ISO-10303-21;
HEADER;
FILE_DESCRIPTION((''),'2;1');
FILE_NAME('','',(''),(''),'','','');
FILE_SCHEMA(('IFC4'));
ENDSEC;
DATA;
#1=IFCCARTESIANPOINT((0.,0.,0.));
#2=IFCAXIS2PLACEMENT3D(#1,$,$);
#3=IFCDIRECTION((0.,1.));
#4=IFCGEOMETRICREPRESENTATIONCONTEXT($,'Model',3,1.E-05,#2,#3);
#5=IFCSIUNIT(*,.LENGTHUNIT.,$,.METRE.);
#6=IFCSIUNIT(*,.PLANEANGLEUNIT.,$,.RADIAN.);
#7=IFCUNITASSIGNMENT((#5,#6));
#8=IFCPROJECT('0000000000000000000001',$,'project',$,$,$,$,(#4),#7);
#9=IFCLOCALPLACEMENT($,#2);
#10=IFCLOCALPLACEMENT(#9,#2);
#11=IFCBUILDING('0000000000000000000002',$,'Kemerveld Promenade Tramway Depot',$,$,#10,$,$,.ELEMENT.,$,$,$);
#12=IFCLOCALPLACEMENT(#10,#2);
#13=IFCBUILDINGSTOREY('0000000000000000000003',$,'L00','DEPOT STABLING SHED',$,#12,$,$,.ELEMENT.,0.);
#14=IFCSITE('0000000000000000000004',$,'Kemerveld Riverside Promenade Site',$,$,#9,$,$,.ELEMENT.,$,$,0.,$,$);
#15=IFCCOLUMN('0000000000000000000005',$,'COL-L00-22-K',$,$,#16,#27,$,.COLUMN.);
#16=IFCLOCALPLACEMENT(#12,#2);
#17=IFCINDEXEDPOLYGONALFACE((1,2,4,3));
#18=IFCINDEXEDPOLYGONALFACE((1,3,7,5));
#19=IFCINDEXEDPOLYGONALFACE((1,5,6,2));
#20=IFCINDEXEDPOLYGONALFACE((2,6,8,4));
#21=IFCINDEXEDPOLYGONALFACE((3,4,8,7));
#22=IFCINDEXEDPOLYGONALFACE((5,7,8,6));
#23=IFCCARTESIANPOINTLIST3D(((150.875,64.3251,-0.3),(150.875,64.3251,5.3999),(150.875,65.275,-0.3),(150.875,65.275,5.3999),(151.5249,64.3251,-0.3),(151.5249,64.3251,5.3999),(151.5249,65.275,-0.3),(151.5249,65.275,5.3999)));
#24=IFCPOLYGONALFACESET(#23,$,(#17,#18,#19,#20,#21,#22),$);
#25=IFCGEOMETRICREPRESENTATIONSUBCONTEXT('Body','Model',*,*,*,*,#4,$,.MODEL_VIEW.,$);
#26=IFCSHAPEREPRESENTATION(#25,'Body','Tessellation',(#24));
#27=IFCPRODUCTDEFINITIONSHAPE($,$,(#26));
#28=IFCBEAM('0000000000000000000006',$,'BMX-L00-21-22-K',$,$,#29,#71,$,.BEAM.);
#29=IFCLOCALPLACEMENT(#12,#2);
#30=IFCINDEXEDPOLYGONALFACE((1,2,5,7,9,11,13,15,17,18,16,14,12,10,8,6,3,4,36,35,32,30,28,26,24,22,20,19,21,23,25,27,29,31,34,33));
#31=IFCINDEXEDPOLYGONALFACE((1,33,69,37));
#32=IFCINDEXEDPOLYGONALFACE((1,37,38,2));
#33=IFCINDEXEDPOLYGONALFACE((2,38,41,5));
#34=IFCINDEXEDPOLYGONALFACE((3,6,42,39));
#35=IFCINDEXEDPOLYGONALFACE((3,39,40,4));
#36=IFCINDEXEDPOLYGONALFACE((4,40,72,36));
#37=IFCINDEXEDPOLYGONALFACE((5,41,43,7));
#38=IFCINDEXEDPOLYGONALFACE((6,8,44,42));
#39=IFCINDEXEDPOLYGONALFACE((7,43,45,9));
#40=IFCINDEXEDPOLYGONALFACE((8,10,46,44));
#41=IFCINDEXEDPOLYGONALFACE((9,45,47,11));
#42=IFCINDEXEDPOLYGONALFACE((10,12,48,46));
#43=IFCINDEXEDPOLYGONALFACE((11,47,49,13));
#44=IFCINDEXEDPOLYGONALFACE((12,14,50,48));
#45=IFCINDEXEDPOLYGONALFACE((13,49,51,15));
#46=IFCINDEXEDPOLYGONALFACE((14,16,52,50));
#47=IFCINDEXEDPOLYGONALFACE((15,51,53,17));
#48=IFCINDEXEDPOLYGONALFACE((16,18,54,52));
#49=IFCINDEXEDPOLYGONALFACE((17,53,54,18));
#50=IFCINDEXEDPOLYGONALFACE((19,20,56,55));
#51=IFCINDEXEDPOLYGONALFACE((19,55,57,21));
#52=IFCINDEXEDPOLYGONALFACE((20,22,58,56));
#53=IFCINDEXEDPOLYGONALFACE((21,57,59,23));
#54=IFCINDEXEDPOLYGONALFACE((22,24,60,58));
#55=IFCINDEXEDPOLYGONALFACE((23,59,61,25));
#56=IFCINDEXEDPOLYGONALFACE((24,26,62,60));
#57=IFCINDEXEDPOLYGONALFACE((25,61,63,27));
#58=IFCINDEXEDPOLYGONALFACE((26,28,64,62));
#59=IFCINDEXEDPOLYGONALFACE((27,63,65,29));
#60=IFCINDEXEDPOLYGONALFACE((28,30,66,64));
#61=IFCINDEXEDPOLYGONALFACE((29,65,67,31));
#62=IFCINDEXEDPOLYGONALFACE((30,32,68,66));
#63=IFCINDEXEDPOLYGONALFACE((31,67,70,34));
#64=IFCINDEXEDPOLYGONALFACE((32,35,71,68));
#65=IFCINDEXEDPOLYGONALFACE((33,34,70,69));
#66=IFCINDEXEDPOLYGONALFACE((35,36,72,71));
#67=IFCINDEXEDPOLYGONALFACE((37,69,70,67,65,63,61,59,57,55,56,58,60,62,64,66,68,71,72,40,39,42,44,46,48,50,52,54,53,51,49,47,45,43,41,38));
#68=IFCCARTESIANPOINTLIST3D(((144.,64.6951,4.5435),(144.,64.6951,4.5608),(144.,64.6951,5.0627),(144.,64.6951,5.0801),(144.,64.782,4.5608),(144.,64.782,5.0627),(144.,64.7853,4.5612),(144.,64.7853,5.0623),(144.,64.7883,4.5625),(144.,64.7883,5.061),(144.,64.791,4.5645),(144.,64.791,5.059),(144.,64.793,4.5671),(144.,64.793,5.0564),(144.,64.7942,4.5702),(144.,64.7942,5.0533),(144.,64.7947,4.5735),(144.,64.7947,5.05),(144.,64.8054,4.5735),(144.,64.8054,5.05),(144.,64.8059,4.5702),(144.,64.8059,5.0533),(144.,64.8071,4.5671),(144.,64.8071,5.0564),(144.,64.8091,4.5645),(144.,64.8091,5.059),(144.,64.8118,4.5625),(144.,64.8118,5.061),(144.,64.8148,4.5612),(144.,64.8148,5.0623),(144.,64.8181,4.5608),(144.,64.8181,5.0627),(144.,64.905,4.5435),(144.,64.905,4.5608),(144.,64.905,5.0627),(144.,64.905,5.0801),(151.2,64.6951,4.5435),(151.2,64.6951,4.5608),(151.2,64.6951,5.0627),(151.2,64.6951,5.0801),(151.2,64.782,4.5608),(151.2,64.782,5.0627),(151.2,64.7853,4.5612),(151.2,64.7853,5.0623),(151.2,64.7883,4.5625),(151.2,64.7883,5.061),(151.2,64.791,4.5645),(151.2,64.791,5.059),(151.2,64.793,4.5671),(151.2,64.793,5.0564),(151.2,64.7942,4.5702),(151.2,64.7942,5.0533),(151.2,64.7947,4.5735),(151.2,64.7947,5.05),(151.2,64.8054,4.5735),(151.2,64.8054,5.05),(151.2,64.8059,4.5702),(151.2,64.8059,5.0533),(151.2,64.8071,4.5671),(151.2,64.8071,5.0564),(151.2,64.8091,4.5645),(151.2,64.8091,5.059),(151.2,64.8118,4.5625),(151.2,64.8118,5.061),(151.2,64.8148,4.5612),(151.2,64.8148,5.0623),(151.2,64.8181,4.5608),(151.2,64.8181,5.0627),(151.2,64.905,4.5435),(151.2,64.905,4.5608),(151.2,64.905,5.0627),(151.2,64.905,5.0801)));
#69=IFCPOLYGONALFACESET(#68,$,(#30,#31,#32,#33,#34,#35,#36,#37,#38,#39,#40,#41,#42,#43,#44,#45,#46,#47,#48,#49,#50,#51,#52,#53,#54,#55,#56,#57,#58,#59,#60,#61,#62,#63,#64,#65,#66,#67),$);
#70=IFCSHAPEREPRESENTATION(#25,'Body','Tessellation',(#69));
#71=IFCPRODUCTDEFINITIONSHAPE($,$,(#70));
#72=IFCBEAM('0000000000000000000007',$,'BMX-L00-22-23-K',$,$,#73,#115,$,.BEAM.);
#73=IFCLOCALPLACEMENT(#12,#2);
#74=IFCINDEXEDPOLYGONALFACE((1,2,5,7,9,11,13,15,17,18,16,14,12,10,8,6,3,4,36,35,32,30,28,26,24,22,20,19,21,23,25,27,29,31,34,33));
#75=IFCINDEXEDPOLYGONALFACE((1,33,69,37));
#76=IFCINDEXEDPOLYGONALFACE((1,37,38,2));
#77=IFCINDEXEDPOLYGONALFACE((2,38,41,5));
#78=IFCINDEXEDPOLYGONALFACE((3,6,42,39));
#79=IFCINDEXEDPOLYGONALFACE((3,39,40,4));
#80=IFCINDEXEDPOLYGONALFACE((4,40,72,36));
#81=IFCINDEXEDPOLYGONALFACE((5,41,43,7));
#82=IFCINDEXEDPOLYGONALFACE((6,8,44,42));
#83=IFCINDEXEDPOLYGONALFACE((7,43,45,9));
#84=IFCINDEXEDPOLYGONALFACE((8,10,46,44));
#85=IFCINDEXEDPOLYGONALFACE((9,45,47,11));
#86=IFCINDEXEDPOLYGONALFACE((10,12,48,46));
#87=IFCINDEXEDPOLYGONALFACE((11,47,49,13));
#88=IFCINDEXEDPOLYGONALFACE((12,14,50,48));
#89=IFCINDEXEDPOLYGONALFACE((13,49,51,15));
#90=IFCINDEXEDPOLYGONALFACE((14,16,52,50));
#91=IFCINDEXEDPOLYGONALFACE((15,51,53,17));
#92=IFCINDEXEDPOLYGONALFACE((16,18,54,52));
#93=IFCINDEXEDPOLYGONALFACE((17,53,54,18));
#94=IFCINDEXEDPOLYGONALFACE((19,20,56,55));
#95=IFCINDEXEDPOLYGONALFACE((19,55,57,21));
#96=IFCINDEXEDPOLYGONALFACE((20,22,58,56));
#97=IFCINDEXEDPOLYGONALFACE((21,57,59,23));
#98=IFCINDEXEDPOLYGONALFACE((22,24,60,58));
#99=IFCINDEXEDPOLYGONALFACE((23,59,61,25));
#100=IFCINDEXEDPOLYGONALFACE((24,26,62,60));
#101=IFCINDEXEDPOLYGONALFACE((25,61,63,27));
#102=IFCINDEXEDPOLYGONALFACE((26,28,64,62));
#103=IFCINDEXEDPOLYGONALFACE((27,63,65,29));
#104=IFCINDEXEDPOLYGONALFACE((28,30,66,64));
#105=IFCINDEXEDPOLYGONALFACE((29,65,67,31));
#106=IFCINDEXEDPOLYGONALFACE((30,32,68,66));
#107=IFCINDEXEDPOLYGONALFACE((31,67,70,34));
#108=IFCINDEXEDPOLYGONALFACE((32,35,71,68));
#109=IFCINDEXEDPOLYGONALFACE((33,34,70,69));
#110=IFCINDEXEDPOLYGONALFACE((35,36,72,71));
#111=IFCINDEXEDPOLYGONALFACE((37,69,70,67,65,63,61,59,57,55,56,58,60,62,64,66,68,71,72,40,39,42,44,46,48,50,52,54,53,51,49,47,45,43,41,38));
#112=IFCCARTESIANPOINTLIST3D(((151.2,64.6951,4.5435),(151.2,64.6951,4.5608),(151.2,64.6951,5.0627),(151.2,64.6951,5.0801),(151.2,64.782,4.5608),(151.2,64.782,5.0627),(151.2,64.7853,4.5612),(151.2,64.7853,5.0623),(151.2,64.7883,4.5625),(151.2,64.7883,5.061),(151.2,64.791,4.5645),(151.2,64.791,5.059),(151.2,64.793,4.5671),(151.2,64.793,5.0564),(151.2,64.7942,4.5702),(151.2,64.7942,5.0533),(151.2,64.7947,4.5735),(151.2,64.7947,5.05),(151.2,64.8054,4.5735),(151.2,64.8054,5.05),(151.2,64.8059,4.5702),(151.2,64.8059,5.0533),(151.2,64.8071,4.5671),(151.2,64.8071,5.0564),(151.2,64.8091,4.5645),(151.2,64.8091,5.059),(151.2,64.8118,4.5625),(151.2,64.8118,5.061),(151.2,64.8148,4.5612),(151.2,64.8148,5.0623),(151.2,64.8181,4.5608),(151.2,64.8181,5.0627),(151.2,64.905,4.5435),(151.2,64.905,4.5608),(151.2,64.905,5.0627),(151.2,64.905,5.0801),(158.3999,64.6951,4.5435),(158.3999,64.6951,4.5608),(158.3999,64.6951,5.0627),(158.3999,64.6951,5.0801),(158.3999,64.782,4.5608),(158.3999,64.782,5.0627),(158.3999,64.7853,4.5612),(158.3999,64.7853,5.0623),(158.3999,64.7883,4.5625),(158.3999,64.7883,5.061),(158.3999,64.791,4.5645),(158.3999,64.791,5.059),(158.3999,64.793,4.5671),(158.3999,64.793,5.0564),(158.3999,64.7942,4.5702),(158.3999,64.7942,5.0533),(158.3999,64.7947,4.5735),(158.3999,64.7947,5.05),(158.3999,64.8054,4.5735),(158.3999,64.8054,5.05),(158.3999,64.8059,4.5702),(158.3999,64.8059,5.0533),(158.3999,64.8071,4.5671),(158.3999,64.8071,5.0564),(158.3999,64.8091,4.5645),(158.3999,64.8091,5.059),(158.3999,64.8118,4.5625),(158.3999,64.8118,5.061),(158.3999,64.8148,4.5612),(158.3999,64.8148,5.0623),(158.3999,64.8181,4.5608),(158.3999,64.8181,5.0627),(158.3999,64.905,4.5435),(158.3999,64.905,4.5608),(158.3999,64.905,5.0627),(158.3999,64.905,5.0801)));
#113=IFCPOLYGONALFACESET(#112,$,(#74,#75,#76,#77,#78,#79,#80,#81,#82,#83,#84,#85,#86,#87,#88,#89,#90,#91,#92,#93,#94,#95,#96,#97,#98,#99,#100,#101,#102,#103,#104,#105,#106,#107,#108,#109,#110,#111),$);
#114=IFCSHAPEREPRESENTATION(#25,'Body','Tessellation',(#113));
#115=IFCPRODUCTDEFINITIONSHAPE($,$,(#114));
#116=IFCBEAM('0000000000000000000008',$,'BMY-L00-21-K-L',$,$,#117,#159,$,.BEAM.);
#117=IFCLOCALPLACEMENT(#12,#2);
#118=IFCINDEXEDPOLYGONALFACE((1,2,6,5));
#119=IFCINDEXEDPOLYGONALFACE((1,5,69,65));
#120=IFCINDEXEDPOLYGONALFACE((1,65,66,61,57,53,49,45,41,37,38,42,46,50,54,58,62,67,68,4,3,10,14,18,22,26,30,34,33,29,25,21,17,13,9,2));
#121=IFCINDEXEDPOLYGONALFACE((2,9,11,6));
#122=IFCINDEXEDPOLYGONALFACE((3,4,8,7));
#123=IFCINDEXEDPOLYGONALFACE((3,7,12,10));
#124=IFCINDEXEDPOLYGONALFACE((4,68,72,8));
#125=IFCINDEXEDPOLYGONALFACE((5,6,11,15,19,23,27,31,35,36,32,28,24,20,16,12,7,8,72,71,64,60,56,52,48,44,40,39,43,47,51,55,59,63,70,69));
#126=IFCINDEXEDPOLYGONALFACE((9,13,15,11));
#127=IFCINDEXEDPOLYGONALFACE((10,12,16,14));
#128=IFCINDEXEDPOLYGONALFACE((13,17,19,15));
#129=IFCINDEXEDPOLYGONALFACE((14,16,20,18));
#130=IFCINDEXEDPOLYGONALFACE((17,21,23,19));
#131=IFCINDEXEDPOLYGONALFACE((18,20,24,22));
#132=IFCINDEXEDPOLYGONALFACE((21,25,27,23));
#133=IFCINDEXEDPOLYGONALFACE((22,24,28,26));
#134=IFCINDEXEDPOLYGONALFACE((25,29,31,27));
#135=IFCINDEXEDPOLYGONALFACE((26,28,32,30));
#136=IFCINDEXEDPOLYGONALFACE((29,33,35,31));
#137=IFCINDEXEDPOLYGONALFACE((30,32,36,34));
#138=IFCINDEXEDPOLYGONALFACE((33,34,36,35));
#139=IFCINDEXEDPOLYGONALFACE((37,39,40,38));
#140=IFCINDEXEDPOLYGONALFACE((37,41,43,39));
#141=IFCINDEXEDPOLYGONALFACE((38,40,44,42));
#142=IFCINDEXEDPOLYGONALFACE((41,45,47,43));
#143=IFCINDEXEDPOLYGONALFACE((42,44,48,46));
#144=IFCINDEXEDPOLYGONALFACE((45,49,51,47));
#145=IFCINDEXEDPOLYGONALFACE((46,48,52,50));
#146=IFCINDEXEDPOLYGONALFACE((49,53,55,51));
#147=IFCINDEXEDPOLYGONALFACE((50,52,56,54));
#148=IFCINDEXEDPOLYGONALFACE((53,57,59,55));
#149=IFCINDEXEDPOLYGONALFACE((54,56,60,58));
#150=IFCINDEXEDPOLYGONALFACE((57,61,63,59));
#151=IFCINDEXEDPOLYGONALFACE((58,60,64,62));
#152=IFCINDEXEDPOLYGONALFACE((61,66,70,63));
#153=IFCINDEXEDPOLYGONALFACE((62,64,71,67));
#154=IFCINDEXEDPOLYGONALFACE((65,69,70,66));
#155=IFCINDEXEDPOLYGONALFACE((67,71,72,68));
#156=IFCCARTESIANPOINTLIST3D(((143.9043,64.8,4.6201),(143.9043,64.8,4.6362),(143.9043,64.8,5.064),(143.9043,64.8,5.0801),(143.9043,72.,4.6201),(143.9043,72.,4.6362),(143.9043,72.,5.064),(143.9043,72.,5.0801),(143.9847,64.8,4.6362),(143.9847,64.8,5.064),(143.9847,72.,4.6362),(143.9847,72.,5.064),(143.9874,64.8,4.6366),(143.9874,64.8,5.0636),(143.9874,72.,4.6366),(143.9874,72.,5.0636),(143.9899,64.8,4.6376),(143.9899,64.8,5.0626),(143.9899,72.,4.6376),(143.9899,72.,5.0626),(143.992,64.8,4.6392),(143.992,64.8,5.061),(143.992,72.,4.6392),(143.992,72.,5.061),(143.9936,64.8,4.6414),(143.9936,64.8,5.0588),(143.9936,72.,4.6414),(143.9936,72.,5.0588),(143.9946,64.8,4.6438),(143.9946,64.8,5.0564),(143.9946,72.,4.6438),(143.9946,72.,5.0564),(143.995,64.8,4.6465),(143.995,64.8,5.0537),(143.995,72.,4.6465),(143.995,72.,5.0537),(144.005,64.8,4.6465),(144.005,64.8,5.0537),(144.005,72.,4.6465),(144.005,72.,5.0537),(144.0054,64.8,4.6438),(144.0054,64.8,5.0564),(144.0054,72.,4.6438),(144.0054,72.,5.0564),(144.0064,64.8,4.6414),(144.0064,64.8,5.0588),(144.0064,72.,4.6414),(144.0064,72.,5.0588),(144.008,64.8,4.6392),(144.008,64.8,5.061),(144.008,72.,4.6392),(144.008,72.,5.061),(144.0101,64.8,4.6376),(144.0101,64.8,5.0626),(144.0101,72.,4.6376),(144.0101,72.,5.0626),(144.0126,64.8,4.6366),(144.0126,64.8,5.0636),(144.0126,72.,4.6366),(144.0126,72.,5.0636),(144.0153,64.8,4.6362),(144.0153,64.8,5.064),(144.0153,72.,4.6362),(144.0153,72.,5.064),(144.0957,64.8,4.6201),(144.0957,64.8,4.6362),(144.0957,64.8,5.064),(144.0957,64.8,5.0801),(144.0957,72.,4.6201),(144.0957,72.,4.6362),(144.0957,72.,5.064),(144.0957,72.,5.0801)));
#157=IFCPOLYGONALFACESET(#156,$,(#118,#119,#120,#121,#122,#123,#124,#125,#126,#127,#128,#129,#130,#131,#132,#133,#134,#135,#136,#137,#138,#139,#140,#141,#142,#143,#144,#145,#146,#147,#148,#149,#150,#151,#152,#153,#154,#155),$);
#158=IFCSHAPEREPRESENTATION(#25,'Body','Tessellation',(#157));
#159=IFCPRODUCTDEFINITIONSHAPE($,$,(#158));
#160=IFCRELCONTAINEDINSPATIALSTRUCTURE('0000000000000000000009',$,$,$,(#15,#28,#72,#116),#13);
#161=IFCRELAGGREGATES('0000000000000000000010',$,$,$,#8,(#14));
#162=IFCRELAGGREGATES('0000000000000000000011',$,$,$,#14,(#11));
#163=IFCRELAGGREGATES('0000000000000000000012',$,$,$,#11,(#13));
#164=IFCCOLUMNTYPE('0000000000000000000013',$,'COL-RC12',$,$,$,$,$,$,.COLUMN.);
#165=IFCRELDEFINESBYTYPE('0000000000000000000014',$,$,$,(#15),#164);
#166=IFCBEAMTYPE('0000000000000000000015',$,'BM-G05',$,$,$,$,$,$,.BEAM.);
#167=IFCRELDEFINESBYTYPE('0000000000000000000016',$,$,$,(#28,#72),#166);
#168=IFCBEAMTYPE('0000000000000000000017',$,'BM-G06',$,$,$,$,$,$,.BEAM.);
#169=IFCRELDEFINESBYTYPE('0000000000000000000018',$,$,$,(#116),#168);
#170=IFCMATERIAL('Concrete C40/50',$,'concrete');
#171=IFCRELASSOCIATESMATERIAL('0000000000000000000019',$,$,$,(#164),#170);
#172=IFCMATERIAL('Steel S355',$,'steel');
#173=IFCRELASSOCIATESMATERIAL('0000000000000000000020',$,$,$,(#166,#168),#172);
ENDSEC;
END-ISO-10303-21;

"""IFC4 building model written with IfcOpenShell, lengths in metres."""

from ifc_helpers import new_model, si_unit, direction, frame, origin, origin_2d, place, context, subcontext, project, spatial, rectangle, i_section, extrude, material, material_profile, profile_set, type_object, element, save


model = new_model("IFC4")

# Units and contexts
model_context = context("Model", 3, precision=1e-05, world=origin(), true_north=direction((0.0, 1.0)))
body_context = subcontext(model_context, "Body", "Model", "MODEL_VIEW")
ifc_project = project(units=[si_unit("LENGTHUNIT", "METRE"), si_unit("PLANEANGLEUNIT", "RADIAN")], contexts=[model_context])

# Site, building, storey
site_placement = place(None, origin())
site = spatial("IfcSite", under=ifc_project, at=site_placement, Name="Kemerveld Riverside Promenade Site", CompositionType="ELEMENT", RefElevation=0.0)
building_placement = place(site_placement, origin())
building = spatial("IfcBuilding", under=site, at=building_placement, Name="Kemerveld Promenade Tramway Depot", CompositionType="ELEMENT")
storey_placement = place(building_placement, origin())
storey = spatial("IfcBuildingStorey", under=building, at=storey_placement, Name="L00", Description="DEPOT STABLING SHED", CompositionType="ELEMENT", Elevation=0.0)

# Column
ifc_material_1 = material(Name="Concrete C40/50", Category="concrete")
ifc_material_profile_1 = material_profile(ifc_material_1, rectangle(XDim=0.6499, YDim=0.95, at=origin_2d()), Name="RC-PIER-950x650")
ifc_profile_set_1 = profile_set([ifc_material_profile_1], Name="Concrete C40/50")
column_type_1 = type_object("IfcColumnType", Name="COL-RC12", PredefinedType="COLUMN", material=ifc_profile_set_1)
column_1_placement = place(storey_placement, frame((151.2, 64.8, -0.3), z_axis=(0.0, 0.0, 1.0), x_axis=(1.0, 0.0, 0.0)))
element("IfcColumn", 1, at=column_1_placement, inside=storey, type_object=column_type_1, Name="COL-L00-22-K", PredefinedType="COLUMN", context=body_context, shape_type="SweptSolid", body=[
    extrude(rectangle(XDim=0.6499, YDim=0.95, at=origin_2d()), origin(), (0.0, 0.0, 1.0), 5.7),
])

# Beams
ifc_material_2 = material(Name="Steel S355", Category="steel")
ifc_material_profile_2 = material_profile(ifc_material_2, i_section(OverallWidth=0.21, OverallDepth=0.5366, WebThickness=0.0107, FlangeThickness=0.0173, FilletRadius=0.0127, at=origin_2d()), Name="533x210x101 UB")
ifc_profile_set_2 = profile_set([ifc_material_profile_2], Name="Steel S355")
beam_type_1 = type_object("IfcBeamType", Name="BM-G05", PredefinedType="BEAM", material=ifc_profile_set_2)
for number, where, z_axis, x_axis, name in (
    (2, (144.0, 64.8, 4.8118), (1.0, 0.0, 0.0), (0.0, 1.0, 0.0), "BMX-L00-21-22-K"),
    (3, (151.2, 64.8, 4.8118), (1.0, 0.0, 0.0), (0.0, 1.0, 0.0), "BMX-L00-22-23-K"),
):
    element("IfcBeam", number, at=place(storey_placement, frame(where, z_axis=z_axis, x_axis=x_axis)), inside=storey, type_object=beam_type_1, Name=name, PredefinedType="BEAM", context=body_context, shape_type="SweptSolid", body=[
        extrude(i_section(OverallWidth=0.21, OverallDepth=0.5366, WebThickness=0.0107, FlangeThickness=0.0173, FilletRadius=0.0127, at=origin_2d()), origin(), (0.0, 0.0, 1.0), 7.2),
    ])
ifc_material_profile_3 = material_profile(ifc_material_2, i_section(OverallWidth=0.1914, OverallDepth=0.46, WebThickness=0.01, FlangeThickness=0.0161, FilletRadius=0.0103, at=origin_2d()), Name="457x191x82 UB")
ifc_profile_set_3 = profile_set([ifc_material_profile_3], Name="Steel S355")
beam_type_2 = type_object("IfcBeamType", Name="BM-G06", PredefinedType="BEAM", material=ifc_profile_set_3)
beam_placement = place(storey_placement, frame((144.0, 64.8, 4.8501), z_axis=(0.0, 1.0, 0.0), x_axis=(-1.0, 0.0, 0.0)))
element("IfcBeam", 4, at=beam_placement, inside=storey, type_object=beam_type_2, Name="BMY-L00-21-K-L", PredefinedType="BEAM", context=body_context, shape_type="SweptSolid", body=[
    extrude(i_section(OverallWidth=0.1914, OverallDepth=0.46, WebThickness=0.01, FlangeThickness=0.0161, FilletRadius=0.0103, at=origin_2d()), origin(), (0.0, 0.0, 1.0), 7.2),
])

save(model, "model.ifc")
